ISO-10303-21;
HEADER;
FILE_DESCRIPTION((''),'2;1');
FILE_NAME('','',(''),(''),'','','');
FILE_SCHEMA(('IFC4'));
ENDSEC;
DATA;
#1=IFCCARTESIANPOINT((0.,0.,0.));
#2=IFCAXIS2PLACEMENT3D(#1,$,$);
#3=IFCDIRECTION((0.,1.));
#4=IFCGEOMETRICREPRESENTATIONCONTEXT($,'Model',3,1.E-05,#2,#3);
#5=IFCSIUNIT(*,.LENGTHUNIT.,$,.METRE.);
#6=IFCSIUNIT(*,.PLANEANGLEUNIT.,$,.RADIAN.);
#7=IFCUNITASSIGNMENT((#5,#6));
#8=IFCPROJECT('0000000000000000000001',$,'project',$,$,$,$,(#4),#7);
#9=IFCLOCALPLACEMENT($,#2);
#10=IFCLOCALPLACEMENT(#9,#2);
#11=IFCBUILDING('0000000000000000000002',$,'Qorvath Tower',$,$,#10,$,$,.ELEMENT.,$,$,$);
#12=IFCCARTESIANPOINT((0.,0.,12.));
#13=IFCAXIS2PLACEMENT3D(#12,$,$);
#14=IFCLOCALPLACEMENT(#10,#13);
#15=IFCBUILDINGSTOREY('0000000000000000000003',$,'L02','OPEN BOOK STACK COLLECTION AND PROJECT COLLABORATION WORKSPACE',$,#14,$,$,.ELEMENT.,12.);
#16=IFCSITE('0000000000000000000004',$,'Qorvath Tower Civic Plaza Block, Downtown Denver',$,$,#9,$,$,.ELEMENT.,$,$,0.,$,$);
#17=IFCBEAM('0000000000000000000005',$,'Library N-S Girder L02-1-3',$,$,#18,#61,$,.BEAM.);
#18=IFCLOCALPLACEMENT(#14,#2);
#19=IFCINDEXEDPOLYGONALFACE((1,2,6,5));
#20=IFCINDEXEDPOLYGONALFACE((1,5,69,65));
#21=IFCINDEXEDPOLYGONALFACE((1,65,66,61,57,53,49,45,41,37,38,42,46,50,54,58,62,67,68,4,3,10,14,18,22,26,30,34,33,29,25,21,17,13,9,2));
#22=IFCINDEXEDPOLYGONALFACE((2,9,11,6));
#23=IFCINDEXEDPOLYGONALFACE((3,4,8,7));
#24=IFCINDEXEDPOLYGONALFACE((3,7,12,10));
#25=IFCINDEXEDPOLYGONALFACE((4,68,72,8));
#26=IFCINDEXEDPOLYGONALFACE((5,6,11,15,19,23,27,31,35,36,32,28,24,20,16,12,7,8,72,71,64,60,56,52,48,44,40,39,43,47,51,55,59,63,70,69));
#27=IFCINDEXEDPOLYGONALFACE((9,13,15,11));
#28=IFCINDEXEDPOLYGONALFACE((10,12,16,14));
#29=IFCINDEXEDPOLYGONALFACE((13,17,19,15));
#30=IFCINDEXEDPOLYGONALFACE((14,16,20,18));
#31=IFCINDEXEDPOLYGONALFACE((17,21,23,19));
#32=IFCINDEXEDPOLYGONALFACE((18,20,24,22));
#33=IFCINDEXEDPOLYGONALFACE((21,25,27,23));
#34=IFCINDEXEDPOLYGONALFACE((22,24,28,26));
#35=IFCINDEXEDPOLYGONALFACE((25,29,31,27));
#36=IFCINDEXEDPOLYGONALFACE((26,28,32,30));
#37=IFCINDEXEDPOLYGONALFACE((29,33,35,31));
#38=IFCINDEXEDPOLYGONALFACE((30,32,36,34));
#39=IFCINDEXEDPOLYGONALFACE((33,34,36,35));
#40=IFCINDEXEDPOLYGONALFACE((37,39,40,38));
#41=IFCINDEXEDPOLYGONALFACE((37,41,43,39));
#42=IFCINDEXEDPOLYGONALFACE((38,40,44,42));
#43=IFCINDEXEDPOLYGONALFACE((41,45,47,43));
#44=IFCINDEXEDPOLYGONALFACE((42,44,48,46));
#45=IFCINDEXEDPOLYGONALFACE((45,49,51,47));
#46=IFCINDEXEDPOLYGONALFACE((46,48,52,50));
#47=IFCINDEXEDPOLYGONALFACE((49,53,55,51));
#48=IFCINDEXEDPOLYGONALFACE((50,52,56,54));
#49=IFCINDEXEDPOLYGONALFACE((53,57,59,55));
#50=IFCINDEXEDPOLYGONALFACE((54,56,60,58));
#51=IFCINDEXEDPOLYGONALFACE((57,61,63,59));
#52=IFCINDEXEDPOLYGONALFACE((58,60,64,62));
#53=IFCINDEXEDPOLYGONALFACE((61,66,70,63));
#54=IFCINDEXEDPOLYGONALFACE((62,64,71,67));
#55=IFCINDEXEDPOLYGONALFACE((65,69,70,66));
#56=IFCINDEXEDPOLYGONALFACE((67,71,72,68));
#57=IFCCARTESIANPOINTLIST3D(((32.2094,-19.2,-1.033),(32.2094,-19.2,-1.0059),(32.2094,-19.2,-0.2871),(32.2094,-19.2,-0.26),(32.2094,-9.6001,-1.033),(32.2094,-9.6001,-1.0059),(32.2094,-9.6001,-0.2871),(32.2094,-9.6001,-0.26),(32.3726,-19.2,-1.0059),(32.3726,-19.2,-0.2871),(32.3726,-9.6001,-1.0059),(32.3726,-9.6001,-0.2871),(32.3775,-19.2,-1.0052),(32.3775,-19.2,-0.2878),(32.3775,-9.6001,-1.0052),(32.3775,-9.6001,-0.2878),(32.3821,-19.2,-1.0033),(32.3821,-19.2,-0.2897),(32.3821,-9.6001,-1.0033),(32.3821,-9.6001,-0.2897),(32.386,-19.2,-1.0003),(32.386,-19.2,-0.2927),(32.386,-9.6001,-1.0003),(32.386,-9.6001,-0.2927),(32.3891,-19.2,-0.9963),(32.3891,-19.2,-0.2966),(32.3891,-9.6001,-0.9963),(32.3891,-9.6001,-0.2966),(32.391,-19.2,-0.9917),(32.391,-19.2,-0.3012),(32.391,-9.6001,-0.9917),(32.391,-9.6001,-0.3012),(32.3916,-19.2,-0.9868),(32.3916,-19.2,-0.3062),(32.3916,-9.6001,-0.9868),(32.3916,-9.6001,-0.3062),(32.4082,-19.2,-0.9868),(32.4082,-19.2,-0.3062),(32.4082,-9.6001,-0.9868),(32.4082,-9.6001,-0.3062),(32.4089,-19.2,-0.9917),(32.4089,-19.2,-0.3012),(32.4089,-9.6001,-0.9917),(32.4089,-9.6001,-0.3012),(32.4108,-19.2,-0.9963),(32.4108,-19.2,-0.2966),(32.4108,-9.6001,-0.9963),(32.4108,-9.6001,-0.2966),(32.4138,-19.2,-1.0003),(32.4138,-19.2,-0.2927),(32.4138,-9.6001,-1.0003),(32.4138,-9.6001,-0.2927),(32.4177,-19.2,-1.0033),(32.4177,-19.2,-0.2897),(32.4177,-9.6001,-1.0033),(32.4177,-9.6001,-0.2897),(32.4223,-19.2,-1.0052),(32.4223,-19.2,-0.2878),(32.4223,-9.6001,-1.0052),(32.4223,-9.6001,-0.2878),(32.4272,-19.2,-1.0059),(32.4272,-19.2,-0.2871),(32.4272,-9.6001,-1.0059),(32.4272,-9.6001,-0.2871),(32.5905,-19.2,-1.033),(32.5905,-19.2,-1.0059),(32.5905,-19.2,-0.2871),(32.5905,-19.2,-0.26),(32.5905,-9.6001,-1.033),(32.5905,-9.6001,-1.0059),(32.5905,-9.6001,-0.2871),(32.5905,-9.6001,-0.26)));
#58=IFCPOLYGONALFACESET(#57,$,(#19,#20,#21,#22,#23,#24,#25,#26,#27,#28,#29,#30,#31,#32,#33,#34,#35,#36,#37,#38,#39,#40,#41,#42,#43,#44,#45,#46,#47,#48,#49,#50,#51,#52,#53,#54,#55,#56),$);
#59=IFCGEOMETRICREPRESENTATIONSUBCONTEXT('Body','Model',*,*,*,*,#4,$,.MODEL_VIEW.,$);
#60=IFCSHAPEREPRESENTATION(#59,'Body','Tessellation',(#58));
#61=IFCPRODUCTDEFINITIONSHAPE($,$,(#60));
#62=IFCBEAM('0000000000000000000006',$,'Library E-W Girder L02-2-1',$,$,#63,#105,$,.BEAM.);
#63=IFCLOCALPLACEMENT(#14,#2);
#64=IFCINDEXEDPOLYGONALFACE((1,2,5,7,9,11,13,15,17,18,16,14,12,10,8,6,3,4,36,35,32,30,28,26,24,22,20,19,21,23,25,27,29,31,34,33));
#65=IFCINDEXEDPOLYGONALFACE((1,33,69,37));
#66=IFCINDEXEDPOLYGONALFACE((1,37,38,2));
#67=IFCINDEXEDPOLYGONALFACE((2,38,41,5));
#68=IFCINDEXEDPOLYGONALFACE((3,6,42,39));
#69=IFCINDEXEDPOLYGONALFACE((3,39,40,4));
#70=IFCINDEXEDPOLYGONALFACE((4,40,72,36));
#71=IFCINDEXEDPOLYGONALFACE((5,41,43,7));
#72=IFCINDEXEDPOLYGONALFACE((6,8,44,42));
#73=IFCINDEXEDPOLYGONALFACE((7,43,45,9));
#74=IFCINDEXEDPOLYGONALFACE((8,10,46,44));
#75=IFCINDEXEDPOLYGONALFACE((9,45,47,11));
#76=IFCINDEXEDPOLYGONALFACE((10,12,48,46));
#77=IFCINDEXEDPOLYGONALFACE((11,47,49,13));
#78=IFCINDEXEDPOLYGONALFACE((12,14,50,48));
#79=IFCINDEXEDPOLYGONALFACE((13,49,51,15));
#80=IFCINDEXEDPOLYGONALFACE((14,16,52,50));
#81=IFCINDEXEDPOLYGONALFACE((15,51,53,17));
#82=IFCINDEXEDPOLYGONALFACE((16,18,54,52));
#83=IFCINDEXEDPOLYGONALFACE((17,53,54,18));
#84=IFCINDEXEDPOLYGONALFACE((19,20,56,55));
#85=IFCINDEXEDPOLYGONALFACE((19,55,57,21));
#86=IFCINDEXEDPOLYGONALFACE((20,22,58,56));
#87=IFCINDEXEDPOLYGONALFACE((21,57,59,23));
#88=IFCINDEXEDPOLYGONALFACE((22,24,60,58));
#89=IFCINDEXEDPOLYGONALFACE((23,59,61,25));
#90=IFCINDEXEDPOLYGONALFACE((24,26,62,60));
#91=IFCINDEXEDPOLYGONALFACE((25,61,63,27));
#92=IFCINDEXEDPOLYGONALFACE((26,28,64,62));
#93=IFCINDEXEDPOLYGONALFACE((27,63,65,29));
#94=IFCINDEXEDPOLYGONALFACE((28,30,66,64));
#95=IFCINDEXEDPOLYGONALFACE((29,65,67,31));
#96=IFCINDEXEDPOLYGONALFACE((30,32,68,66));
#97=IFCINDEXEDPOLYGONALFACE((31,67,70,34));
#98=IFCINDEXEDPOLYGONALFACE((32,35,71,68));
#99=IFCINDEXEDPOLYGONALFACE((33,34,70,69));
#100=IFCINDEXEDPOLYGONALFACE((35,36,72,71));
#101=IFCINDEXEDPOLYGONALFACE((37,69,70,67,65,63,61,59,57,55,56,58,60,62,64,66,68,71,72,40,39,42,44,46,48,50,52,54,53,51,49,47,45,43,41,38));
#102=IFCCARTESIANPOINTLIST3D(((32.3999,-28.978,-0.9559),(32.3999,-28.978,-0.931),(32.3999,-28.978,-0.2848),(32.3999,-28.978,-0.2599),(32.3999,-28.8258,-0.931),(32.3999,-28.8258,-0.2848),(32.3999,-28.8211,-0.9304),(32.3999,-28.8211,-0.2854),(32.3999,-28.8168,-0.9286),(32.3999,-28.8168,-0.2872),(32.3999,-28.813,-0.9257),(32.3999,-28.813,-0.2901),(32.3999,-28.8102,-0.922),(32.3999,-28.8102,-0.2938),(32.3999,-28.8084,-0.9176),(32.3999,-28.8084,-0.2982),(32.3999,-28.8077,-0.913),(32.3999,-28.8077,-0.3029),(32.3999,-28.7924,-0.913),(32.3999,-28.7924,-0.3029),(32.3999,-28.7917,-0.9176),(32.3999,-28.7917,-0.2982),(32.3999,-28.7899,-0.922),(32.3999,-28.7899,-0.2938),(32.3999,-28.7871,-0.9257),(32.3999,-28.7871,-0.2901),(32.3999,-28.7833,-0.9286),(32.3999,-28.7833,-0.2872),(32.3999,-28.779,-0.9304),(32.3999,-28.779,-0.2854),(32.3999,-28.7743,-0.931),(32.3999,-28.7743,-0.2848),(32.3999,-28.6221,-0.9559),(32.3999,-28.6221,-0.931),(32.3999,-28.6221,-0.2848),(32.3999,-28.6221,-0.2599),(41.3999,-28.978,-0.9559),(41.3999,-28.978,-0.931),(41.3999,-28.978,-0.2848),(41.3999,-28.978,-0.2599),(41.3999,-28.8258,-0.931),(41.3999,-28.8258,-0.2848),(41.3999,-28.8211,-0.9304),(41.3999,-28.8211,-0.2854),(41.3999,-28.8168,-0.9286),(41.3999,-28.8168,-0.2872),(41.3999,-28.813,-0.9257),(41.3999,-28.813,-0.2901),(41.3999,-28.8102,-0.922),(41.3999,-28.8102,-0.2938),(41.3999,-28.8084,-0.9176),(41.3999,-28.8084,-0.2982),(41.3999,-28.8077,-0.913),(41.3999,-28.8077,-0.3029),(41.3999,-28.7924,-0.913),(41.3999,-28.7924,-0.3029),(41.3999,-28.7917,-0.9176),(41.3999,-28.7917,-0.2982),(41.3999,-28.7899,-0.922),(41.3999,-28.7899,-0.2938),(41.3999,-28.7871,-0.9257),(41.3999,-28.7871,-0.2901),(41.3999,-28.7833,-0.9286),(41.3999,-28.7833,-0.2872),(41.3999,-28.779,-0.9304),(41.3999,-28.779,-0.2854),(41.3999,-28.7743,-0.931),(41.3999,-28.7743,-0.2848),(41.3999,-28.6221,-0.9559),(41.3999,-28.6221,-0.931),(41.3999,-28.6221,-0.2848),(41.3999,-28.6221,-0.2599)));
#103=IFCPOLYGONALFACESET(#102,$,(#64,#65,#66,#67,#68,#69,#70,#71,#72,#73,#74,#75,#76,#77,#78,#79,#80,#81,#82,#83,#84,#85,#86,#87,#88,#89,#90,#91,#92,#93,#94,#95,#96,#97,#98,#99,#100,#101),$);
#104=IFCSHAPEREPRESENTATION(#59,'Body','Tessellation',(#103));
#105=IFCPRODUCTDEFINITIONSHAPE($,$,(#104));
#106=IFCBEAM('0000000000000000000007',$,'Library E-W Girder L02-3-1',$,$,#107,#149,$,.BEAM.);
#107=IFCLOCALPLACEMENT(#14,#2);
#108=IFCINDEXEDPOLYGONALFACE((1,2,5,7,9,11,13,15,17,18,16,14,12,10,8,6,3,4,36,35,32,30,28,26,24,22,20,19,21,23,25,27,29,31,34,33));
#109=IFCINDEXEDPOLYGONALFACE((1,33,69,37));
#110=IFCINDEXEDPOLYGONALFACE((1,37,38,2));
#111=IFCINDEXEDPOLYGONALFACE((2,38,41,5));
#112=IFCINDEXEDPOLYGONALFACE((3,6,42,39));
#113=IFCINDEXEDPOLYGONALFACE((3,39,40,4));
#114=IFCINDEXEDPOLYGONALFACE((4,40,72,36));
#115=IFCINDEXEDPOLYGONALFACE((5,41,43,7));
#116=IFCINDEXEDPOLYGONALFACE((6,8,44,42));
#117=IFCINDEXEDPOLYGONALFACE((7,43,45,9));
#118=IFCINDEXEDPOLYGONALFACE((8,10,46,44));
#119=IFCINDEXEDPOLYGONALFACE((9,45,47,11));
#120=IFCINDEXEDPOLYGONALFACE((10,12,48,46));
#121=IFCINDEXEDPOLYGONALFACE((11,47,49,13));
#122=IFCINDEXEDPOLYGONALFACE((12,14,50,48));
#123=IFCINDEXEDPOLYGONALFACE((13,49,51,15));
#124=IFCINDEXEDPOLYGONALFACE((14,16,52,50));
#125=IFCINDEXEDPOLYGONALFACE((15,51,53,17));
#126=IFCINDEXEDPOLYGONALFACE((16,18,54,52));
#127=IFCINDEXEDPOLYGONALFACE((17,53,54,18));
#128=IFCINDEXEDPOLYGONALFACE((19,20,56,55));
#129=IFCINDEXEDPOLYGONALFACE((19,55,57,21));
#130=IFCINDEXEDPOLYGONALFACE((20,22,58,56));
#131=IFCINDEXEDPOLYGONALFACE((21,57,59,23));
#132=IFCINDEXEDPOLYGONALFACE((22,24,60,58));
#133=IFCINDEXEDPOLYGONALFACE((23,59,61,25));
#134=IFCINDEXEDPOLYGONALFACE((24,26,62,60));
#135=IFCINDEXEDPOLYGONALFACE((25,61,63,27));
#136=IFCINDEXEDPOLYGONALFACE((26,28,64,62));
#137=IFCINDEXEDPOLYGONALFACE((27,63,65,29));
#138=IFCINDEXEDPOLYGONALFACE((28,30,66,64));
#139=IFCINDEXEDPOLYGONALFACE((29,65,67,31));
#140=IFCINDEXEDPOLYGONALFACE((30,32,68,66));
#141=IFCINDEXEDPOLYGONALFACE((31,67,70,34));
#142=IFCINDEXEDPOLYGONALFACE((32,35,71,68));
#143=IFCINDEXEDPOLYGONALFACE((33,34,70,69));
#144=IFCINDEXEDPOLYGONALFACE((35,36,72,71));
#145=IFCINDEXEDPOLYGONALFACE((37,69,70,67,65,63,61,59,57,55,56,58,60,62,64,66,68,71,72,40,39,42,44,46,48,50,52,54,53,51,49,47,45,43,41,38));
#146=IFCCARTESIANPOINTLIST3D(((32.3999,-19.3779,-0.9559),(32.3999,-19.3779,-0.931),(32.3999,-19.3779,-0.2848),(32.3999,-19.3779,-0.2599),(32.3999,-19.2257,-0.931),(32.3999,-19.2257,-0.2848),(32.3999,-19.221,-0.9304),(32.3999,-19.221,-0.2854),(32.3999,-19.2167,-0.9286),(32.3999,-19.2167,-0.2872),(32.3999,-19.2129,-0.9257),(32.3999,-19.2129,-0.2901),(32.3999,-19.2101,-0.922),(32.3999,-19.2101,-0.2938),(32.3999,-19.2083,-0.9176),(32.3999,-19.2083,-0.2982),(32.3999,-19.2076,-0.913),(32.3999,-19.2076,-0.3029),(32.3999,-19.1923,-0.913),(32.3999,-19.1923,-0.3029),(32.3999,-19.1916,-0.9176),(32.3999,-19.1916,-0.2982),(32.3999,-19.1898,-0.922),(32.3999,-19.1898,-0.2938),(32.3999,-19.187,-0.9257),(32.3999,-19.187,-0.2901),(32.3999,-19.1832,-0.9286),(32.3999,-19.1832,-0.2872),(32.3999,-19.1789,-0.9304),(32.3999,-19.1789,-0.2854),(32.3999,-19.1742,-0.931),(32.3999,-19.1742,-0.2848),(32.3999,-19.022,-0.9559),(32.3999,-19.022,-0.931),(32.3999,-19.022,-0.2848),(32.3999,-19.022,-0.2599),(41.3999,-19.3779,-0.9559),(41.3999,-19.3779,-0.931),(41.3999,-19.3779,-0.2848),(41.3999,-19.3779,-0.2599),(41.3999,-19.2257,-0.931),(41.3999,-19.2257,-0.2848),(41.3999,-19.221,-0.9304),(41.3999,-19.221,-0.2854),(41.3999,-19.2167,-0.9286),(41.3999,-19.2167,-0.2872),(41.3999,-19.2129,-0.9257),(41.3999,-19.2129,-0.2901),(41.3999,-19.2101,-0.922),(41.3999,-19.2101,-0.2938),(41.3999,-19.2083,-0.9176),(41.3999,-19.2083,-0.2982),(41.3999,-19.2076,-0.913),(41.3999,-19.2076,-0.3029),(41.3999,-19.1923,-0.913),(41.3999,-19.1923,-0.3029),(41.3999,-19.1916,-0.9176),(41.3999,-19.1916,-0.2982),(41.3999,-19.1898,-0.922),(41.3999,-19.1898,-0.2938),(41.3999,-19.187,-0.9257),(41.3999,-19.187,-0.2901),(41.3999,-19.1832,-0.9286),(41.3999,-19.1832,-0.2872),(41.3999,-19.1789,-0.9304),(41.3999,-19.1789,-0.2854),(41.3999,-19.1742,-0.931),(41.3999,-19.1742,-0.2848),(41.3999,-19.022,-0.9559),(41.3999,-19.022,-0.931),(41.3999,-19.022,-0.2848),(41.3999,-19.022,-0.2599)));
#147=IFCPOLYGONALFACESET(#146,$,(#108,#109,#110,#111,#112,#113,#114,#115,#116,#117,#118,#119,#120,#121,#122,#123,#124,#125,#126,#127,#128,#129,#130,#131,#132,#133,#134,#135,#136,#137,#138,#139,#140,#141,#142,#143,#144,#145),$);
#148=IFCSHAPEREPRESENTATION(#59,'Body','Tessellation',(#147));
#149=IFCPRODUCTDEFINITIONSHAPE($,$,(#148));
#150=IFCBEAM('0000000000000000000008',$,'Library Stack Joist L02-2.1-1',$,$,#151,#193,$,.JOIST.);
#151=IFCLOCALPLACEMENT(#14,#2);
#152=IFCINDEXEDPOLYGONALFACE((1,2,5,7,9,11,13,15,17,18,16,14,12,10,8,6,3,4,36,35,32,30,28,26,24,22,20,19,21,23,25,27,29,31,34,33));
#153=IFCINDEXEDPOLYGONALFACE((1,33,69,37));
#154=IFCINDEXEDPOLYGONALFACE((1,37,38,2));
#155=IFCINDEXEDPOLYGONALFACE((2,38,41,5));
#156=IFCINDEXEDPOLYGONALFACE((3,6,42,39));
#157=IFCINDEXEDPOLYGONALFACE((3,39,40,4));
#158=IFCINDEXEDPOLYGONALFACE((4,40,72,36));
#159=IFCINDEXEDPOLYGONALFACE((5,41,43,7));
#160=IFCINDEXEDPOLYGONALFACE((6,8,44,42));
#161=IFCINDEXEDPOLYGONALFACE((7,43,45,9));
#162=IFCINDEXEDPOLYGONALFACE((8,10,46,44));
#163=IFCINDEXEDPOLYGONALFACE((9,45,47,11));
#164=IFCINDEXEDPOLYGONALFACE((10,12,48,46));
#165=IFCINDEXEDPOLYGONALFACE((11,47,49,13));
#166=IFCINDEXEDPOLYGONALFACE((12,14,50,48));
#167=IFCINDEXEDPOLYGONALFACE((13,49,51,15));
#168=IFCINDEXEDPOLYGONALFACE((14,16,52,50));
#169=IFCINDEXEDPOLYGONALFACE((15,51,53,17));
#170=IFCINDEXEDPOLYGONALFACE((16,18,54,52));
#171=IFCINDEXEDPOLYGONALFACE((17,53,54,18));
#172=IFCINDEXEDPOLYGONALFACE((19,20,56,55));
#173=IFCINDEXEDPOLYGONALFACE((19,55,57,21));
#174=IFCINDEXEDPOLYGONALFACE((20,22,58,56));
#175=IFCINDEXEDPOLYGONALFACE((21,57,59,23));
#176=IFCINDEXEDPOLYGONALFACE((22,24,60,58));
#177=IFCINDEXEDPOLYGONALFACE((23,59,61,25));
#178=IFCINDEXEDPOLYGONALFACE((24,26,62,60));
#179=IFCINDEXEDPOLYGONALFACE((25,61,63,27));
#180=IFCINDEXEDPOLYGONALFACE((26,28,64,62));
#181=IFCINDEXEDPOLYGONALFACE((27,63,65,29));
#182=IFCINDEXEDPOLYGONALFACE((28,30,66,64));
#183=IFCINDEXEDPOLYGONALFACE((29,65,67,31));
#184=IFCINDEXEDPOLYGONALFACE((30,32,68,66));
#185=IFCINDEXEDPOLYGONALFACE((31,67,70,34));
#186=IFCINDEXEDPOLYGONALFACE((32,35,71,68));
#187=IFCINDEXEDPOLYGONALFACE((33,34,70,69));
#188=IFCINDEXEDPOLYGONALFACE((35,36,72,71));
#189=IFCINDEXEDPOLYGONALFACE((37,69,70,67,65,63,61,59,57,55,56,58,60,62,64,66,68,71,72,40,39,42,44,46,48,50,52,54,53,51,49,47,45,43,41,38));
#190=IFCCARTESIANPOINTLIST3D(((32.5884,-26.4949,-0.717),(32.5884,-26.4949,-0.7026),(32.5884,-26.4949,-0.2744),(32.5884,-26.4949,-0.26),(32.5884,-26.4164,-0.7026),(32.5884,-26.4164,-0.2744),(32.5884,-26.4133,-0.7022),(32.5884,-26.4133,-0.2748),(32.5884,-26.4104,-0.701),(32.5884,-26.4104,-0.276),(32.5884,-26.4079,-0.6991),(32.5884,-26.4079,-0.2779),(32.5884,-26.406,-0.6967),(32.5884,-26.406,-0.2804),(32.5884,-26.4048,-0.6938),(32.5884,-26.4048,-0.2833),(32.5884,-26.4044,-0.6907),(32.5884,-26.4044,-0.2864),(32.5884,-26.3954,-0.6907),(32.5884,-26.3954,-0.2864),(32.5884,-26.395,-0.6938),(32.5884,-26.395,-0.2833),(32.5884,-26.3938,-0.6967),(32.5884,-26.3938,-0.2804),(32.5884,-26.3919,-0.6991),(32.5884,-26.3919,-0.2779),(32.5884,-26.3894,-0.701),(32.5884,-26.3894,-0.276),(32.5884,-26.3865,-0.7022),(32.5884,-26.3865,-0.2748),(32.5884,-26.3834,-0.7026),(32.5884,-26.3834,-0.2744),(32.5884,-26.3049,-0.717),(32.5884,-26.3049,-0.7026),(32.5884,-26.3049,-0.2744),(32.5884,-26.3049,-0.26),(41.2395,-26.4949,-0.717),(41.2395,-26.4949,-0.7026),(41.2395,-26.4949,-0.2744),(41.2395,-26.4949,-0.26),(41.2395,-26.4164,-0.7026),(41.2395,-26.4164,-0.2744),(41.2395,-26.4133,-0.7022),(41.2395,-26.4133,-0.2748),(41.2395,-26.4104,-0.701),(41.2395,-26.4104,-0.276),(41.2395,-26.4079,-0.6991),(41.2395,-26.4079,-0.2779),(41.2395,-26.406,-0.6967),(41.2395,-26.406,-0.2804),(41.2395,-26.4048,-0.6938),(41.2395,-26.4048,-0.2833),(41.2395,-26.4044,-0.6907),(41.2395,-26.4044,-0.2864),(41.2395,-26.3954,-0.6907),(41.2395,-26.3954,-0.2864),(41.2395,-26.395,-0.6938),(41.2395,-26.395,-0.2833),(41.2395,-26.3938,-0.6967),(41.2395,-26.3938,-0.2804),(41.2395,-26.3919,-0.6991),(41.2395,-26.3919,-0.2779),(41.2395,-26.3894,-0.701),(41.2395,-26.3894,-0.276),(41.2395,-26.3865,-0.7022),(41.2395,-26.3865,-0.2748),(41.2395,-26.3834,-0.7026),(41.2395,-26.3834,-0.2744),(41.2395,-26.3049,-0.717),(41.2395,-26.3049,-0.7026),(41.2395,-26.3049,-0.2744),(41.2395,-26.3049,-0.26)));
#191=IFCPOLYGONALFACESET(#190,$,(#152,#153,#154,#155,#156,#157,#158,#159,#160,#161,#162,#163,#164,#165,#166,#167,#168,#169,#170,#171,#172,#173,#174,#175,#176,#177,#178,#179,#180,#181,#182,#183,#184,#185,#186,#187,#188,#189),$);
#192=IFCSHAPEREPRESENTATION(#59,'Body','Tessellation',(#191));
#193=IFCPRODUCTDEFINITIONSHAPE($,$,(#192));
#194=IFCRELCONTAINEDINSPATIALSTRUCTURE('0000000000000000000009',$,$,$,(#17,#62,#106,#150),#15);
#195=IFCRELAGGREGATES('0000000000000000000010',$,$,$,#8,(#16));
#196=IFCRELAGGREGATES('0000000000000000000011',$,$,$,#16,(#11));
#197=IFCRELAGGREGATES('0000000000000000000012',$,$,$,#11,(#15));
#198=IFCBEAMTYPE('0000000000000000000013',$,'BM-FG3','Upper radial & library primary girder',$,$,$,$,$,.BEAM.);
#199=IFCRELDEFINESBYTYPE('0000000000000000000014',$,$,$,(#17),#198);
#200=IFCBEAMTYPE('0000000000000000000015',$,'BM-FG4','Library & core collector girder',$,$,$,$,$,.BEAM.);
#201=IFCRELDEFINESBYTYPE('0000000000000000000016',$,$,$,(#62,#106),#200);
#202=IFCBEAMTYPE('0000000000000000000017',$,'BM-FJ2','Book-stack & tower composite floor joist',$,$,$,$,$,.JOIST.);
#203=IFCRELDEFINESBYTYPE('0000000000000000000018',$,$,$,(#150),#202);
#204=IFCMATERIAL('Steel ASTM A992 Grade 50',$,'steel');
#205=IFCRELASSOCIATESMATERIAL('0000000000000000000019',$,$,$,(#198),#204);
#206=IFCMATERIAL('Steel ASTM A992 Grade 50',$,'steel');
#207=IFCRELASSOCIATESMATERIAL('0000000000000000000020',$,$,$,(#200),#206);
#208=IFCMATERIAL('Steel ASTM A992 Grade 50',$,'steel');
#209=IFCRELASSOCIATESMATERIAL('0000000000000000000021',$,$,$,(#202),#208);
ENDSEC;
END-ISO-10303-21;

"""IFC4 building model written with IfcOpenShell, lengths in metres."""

from ifc_helpers import new_model, si_unit, direction, frame, origin, origin_2d, place, context, subcontext, project, spatial, i_section, extrude, material, material_profile, profile_set, type_object, element, save


model = new_model("IFC4")

# Units and contexts
model_context = context("Model", 3, precision=1e-05, world=origin(), true_north=direction((0.0, 1.0)))
body_context = subcontext(model_context, "Body", "Model", "MODEL_VIEW")
ifc_project = project(units=[si_unit("LENGTHUNIT", "METRE"), si_unit("PLANEANGLEUNIT", "RADIAN")], contexts=[model_context])

# Site, building, storey
site_placement = place(None, origin())
site = spatial("IfcSite", under=ifc_project, at=site_placement, Name="Qorvath Tower Civic Plaza Block, Downtown Denver", CompositionType="ELEMENT", RefElevation=0.0)
building_placement = place(site_placement, origin())
building = spatial("IfcBuilding", under=site, at=building_placement, Name="Qorvath Tower", CompositionType="ELEMENT")
storey_placement = place(building_placement, frame((0.0, 0.0, 12.0)))
storey = spatial("IfcBuildingStorey", under=building, at=storey_placement, Name="L02", Description="OPEN BOOK STACK COLLECTION AND PROJECT COLLABORATION WORKSPACE", CompositionType="ELEMENT", Elevation=12.0)

# Beams
ifc_material_1 = material(Name="Steel ASTM A992 Grade 50", Category="steel")
ifc_material_profile_1 = material_profile(ifc_material_1, i_section(OverallWidth=0.3811, OverallDepth=0.7729, WebThickness=0.0166, FlangeThickness=0.0271, FilletRadius=0.019, at=origin_2d()), Name="W30x173")
ifc_profile_set_1 = profile_set([ifc_material_profile_1], Name="Steel ASTM A992 Grade 50")
beam_type_1 = type_object("IfcBeamType", Name="BM-FG3", Description="Upper radial & library primary girder", PredefinedType="BEAM", material=ifc_profile_set_1)
beam_1_placement = place(storey_placement, frame((32.3999, -19.2, -0.6465), z_axis=(0.0, 1.0, 0.0), x_axis=(-1.0, 0.0, 0.0)))
element("IfcBeam", 1, at=beam_1_placement, inside=storey, type_object=beam_type_1, Name="Library N-S Girder L02-1-3", PredefinedType="BEAM", context=body_context, shape_type="SweptSolid", body=[
    extrude(i_section(OverallWidth=0.3811, OverallDepth=0.7729, WebThickness=0.0166, FlangeThickness=0.0271, FilletRadius=0.019, at=origin_2d()), origin(), (0.0, 0.0, 1.0), 9.5999),
])
ifc_material_2 = material(Name="Steel ASTM A992 Grade 50", Category="steel")
ifc_material_profile_2 = material_profile(ifc_material_2, i_section(OverallWidth=0.356, OverallDepth=0.696, WebThickness=0.0154, FlangeThickness=0.0249, FilletRadius=0.0181, at=origin_2d()), Name="W27x146")
ifc_profile_set_2 = profile_set([ifc_material_profile_2], Name="Steel ASTM A992 Grade 50")
beam_type_2 = type_object("IfcBeamType", Name="BM-FG4", Description="Library & core collector girder", PredefinedType="BEAM", material=ifc_profile_set_2)
for number, where, z_axis, x_axis, name in (
    (2, (32.3999, -28.8, -0.6079), (1.0, 0.0, 0.0), (0.0, 1.0, 0.0), "Library E-W Girder L02-2-1"),
    (3, (32.3999, -19.2, -0.6079), (1.0, 0.0, 0.0), (0.0, 1.0, 0.0), "Library E-W Girder L02-3-1"),
):
    element("IfcBeam", number, at=place(storey_placement, frame(where, z_axis=z_axis, x_axis=x_axis)), inside=storey, type_object=beam_type_2, Name=name, PredefinedType="BEAM", context=body_context, shape_type="SweptSolid", body=[
        extrude(i_section(OverallWidth=0.356, OverallDepth=0.696, WebThickness=0.0154, FlangeThickness=0.0249, FilletRadius=0.0181, at=origin_2d()), origin(), (0.0, 0.0, 1.0), 9.0),
    ])
ifc_material_3 = material(Name="Steel ASTM A992 Grade 50", Category="steel")
ifc_material_profile_3 = material_profile(ifc_material_3, i_section(OverallWidth=0.1899, OverallDepth=0.457, WebThickness=0.009, FlangeThickness=0.0144, FilletRadius=0.012, at=origin_2d()), Name="W18x50")
ifc_profile_set_3 = profile_set([ifc_material_profile_3], Name="Steel ASTM A992 Grade 50")
beam_type_3 = type_object("IfcBeamType", Name="BM-FJ2", Description="Book-stack & tower composite floor joist", PredefinedType="JOIST", material=ifc_profile_set_3)
for number, where, z_axis, x_axis, name in (
    (4, (32.5884, -26.3999, -0.4885), (1.0, 0.0, 0.0), (0.0, 1.0, 0.0), "Library Stack Joist L02-2.1-1"),
):
    element("IfcBeam", number, at=place(storey_placement, frame(where, z_axis=z_axis, x_axis=x_axis)), inside=storey, type_object=beam_type_3, Name=name, PredefinedType="JOIST", context=body_context, shape_type="SweptSolid", body=[
        extrude(i_section(OverallWidth=0.1899, OverallDepth=0.457, WebThickness=0.009, FlangeThickness=0.0144, FilletRadius=0.012, at=origin_2d()), origin(), (0.0, 0.0, 1.0), 8.6511),
    ])

save(model, "model.ifc")
